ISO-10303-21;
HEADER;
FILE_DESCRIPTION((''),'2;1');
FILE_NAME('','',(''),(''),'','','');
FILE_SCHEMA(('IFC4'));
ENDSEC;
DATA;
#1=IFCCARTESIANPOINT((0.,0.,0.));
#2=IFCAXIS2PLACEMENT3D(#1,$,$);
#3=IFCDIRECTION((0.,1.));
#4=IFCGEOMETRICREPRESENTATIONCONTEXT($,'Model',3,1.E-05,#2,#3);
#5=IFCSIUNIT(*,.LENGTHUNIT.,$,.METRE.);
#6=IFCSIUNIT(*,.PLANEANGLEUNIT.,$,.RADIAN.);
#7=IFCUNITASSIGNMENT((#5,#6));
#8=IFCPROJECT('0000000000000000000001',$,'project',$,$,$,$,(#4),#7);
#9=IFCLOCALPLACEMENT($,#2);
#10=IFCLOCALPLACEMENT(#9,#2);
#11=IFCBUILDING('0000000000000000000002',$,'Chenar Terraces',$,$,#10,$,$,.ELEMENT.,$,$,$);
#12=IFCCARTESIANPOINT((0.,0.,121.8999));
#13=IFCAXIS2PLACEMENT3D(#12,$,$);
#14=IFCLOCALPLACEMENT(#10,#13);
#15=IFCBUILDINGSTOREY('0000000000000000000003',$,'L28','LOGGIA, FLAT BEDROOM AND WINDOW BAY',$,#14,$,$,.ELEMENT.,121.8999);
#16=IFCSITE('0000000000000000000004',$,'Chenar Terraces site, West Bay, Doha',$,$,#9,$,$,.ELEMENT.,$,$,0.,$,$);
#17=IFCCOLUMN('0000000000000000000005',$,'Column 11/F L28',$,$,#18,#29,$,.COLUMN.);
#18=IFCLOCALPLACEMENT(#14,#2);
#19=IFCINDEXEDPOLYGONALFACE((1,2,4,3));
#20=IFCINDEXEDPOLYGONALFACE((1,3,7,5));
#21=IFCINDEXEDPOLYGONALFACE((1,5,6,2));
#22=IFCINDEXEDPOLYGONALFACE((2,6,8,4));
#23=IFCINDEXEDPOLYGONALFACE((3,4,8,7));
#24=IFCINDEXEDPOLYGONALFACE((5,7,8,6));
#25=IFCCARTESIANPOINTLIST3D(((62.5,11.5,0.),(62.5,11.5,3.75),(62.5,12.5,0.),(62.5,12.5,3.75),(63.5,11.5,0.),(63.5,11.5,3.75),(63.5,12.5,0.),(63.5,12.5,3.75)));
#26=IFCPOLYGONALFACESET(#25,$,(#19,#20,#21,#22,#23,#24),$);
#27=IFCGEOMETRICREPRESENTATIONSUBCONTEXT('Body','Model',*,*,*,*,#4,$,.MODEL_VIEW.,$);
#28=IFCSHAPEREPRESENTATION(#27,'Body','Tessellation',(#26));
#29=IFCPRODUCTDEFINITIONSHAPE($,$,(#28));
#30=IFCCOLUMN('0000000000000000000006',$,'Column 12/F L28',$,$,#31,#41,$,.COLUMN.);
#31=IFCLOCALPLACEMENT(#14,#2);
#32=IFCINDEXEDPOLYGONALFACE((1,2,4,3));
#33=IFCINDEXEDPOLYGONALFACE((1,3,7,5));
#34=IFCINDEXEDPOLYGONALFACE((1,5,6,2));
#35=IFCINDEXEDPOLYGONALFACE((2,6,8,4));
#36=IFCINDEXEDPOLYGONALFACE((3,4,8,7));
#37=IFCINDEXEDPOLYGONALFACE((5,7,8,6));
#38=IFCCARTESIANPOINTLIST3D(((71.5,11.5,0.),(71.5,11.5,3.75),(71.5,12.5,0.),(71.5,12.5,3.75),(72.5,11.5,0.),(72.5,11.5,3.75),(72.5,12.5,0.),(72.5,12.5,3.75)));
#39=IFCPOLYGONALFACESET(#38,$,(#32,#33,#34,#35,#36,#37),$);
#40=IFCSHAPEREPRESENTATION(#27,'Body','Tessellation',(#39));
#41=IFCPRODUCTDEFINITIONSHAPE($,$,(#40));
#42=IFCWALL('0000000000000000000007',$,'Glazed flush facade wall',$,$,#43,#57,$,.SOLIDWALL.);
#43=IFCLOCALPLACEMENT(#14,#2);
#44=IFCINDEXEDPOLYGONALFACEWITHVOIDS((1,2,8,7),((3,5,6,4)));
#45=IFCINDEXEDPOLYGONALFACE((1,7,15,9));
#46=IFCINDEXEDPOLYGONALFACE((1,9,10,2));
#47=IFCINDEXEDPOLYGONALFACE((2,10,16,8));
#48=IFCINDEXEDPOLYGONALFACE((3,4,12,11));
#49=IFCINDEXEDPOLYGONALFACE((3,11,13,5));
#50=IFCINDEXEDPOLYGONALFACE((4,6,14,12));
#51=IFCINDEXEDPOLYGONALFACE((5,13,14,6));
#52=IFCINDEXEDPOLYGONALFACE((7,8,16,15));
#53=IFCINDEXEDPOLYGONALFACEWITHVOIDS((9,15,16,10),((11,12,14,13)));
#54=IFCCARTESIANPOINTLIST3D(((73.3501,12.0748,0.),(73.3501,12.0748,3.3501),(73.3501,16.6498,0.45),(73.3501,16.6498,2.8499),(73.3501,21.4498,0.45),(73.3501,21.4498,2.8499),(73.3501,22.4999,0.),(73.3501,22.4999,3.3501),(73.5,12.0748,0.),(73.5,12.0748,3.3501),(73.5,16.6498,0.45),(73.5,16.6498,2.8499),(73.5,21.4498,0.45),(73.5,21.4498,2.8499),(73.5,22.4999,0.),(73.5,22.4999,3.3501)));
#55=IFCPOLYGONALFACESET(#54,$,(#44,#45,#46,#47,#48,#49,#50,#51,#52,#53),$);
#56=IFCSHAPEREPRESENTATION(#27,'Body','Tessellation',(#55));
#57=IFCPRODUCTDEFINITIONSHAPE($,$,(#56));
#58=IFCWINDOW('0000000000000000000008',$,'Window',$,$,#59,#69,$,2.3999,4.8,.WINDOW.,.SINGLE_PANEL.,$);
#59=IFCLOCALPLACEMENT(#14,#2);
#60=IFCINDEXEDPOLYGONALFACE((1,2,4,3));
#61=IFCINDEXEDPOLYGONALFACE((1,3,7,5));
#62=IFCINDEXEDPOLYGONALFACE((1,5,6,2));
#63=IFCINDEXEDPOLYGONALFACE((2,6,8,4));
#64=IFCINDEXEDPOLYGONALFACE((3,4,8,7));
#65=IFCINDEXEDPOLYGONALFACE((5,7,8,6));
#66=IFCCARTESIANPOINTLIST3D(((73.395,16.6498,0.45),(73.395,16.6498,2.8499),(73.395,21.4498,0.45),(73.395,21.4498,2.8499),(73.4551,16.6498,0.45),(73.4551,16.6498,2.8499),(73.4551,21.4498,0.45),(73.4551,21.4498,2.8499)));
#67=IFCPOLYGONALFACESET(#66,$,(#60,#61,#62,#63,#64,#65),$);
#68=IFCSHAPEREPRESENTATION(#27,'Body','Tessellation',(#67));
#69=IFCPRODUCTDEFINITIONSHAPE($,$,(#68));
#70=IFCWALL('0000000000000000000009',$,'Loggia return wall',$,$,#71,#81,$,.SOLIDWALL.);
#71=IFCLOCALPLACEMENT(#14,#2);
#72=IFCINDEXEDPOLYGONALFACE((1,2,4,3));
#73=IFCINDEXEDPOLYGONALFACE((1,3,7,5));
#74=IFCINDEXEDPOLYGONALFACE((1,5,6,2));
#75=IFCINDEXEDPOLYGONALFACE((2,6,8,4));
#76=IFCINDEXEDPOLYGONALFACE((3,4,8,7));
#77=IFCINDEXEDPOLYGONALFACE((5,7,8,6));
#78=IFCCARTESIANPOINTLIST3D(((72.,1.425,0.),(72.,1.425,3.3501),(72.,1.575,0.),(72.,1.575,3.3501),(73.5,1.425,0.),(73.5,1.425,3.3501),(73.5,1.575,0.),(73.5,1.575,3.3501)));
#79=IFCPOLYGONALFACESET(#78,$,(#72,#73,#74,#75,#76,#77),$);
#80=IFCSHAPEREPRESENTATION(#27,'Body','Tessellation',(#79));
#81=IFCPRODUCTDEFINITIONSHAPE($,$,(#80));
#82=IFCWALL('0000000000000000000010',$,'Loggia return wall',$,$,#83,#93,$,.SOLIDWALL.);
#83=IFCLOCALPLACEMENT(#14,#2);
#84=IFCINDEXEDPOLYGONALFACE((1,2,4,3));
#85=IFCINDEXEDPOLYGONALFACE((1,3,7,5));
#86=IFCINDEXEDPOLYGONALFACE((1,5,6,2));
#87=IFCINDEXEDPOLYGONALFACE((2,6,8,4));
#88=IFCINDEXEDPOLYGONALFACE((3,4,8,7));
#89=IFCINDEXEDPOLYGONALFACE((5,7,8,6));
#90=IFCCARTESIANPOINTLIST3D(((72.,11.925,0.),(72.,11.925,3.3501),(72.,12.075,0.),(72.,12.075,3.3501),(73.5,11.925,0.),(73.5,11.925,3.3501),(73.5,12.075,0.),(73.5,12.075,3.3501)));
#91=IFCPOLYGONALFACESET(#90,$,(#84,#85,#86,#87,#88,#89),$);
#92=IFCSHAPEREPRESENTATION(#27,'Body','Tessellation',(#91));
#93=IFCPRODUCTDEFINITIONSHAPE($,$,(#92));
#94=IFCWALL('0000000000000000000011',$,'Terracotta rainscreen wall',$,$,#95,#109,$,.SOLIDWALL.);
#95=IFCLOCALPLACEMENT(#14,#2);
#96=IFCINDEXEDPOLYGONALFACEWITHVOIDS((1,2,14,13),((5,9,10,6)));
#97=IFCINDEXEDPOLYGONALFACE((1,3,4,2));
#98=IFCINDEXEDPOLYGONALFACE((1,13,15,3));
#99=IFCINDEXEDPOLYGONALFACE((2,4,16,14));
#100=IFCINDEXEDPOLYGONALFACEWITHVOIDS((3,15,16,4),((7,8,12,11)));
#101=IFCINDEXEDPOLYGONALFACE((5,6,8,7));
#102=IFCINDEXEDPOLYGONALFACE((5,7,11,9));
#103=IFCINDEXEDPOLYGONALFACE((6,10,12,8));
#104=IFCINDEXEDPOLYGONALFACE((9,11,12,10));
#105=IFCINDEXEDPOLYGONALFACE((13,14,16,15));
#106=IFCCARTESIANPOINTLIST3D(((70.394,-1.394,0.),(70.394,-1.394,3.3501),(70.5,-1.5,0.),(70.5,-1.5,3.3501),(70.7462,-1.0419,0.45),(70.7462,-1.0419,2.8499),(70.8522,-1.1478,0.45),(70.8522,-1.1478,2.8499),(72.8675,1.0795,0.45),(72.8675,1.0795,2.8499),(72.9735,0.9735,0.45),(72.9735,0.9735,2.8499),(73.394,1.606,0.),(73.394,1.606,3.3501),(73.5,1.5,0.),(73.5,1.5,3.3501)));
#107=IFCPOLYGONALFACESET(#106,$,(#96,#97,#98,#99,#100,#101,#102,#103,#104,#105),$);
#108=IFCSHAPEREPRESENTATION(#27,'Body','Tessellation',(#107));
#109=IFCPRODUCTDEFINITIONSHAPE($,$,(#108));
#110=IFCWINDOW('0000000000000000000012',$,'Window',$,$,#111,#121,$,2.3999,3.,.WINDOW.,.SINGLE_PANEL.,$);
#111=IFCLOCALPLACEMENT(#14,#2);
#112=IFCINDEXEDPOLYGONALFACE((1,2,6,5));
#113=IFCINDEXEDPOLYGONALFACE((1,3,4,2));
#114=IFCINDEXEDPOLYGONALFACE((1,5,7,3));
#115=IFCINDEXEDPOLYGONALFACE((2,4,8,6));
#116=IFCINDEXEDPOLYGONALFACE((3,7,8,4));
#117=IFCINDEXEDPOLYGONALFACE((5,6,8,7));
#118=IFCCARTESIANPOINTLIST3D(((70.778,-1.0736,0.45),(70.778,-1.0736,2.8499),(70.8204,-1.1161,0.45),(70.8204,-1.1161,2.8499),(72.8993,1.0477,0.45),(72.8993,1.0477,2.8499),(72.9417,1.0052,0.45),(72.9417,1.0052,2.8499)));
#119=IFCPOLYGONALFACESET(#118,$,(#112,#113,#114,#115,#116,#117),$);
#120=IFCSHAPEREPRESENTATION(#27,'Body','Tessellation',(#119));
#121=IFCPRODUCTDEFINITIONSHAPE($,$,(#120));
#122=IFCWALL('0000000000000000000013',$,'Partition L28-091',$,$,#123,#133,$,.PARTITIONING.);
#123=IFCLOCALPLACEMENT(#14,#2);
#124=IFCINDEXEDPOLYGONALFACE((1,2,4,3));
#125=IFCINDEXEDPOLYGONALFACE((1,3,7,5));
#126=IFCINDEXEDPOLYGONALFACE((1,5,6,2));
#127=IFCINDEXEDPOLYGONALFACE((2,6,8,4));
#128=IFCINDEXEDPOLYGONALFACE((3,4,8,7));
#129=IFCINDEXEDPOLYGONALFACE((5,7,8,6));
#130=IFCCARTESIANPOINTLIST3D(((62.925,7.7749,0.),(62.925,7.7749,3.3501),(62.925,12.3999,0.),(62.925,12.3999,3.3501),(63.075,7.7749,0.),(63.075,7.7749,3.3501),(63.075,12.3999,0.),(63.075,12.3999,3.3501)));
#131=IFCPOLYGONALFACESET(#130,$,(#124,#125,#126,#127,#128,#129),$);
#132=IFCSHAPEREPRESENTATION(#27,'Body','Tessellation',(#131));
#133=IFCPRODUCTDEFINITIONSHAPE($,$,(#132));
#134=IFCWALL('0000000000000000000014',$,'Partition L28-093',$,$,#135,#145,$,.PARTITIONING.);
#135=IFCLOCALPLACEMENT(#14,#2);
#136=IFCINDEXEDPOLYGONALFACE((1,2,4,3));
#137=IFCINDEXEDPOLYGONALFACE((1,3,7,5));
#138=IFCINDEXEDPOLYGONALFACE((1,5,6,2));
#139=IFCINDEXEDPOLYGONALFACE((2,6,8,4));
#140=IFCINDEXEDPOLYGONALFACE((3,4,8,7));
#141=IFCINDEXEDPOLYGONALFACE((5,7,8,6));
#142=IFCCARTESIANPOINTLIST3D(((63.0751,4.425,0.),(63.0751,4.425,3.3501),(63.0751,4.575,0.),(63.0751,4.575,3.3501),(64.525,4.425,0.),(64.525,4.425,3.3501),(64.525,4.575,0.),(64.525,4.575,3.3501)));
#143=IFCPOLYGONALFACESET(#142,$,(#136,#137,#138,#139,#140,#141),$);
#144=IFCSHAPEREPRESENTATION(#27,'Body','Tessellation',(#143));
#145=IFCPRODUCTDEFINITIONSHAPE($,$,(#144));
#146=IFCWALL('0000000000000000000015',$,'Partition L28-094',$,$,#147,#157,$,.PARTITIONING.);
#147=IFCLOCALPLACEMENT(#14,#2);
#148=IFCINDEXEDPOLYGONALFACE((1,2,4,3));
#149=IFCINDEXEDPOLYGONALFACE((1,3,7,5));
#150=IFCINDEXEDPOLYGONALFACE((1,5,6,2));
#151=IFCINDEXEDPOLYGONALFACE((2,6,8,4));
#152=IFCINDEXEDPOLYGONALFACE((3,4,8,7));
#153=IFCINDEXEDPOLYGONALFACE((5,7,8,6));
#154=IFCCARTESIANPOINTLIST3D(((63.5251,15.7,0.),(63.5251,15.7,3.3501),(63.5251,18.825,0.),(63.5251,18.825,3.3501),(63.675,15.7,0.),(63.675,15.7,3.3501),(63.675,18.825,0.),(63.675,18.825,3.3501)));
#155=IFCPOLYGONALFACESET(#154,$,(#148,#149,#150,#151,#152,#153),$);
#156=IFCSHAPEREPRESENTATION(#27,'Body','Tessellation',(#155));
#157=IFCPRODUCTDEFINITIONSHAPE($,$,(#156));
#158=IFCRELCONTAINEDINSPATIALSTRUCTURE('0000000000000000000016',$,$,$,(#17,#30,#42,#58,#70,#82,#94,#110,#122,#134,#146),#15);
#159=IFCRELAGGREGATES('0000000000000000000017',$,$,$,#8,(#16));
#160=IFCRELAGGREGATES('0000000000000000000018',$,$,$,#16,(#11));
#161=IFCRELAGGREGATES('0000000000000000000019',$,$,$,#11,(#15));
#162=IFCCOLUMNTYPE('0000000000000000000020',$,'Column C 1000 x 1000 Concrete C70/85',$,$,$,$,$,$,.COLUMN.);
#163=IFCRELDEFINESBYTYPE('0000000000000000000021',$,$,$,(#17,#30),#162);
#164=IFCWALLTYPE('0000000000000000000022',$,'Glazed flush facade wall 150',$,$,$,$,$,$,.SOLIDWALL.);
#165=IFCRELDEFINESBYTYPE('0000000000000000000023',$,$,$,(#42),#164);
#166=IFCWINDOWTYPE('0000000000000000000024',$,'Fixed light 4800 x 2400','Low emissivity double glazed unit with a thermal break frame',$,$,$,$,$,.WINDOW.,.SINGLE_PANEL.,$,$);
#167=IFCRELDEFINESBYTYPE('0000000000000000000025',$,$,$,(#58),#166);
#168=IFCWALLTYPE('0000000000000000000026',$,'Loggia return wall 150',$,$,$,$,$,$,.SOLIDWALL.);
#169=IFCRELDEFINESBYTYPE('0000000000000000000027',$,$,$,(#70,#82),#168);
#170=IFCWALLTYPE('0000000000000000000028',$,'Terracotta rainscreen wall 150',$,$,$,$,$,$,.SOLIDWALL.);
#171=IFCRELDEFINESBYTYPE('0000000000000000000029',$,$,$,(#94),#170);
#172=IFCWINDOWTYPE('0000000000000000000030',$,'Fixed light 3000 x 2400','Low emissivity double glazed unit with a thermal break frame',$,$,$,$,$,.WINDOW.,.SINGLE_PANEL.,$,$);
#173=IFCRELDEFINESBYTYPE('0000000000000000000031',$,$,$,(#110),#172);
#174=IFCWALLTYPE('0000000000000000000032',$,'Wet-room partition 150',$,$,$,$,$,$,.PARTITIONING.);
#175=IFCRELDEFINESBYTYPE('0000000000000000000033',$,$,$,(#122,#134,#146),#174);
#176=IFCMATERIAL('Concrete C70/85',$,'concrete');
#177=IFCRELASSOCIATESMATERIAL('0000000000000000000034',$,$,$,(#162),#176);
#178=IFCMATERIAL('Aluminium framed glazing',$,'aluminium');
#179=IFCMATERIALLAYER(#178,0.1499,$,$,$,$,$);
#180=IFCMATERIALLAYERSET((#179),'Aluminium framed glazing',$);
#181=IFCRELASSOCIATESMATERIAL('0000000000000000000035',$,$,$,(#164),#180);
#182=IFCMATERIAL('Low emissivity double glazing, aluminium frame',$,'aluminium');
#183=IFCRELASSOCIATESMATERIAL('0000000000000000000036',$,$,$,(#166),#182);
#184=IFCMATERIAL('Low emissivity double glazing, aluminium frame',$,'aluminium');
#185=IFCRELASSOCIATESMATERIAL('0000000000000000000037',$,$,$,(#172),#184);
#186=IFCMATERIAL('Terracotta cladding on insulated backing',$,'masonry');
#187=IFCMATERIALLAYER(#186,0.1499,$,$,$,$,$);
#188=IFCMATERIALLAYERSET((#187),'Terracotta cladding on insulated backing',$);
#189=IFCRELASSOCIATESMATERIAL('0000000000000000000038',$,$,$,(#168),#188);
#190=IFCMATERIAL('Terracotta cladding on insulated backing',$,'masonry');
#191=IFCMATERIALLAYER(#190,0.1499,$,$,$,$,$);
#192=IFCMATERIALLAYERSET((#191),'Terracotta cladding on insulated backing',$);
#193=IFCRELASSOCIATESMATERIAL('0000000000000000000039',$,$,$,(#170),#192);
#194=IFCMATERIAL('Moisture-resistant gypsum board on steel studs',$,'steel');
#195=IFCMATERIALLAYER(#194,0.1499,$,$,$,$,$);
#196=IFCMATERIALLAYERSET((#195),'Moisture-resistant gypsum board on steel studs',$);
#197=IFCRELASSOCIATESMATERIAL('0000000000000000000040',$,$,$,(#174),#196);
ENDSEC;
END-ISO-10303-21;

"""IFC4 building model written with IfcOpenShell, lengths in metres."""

from ifc_helpers import new_model, si_unit, direction, frame, frame_2d, origin, origin_2d, place, context, subcontext, project, spatial, rectangle, extrude, material, layer, layer_set, material_profile, profile_set, type_object, element, fill, save


model = new_model("IFC4")

# Units and contexts
model_context = context("Model", 3, precision=1e-05, world=origin(), true_north=direction((0.0, 1.0)))
body_context = subcontext(model_context, "Body", "Model", "MODEL_VIEW")
ifc_project = project(units=[si_unit("LENGTHUNIT", "METRE"), si_unit("PLANEANGLEUNIT", "RADIAN")], contexts=[model_context])

# Site, building, storey
site_placement = place(None, origin())
site = spatial("IfcSite", under=ifc_project, at=site_placement, Name="Chenar Terraces site, West Bay, Doha", CompositionType="ELEMENT", RefElevation=0.0)
building_placement = place(site_placement, origin())
building = spatial("IfcBuilding", under=site, at=building_placement, Name="Chenar Terraces", CompositionType="ELEMENT")
storey_placement = place(building_placement, frame((0.0, 0.0, 121.8999)))
storey = spatial("IfcBuildingStorey", under=building, at=storey_placement, Name="L28", Description="LOGGIA, FLAT BEDROOM AND WINDOW BAY", CompositionType="ELEMENT", Elevation=121.8999)

# Columns
ifc_material_1 = material(Name="Concrete C70/85", Category="concrete")
ifc_material_profile_1 = material_profile(ifc_material_1, rectangle(XDim=1.0, YDim=1.0, at=origin_2d()), Name="C 1000 x 1000")
ifc_profile_set_1 = profile_set([ifc_material_profile_1], Name="Concrete C70/85")
column_type = type_object("IfcColumnType", Name="Column C 1000 x 1000 Concrete C70/85", PredefinedType="COLUMN", material=ifc_profile_set_1)
for number, where, z_axis, x_axis, name in (
    (1, (63.0, 12.0, 0.0), (0.0, 0.0, 1.0), (1.0, 0.0, 0.0), "Column 11/F L28"),
    (2, (72.0, 12.0, 0.0), (0.0, 0.0, 1.0), (1.0, 0.0, 0.0), "Column 12/F L28"),
):
    element("IfcColumn", number, at=place(storey_placement, frame(where, z_axis=z_axis, x_axis=x_axis)), inside=storey, type_object=column_type, Name=name, PredefinedType="COLUMN", context=body_context, shape_type="SweptSolid", body=[
        extrude(rectangle(XDim=1.0, YDim=1.0, at=origin_2d()), origin(), (0.0, 0.0, 1.0), 3.75),
    ])

# Wall, opening, window
ifc_material_2 = material(Name="Aluminium framed glazing", Category="aluminium")
ifc_layer_1 = layer(ifc_material_2, 0.1499)
ifc_layer_set_1 = layer_set([ifc_layer_1], Name="Aluminium framed glazing")
wall_type_1 = type_object("IfcWallType", Name="Glazed flush facade wall 150", PredefinedType="SOLIDWALL", material=ifc_layer_set_1)
wall_1_placement = place(storey_placement, frame((73.425, 12.075, 0.0), z_axis=(0.0, 0.0, 1.0), x_axis=(0.0, 1.0, 0.0)))
wall_1 = element("IfcWall", 3, at=wall_1_placement, inside=storey, type_object=wall_type_1, Name="Glazed flush facade wall", PredefinedType="SOLIDWALL", context=body_context, shape_type="SweptSolid", body=[
    extrude(rectangle(XDim=10.425, YDim=0.1499, at=frame_2d((5.2124, 0.0))), origin(), (0.0, 0.0, 1.0), 3.3501),
])
opening_1_placement = place(wall_1_placement, frame((4.575, 0.0, 0.45)))
opening_1 = element("IfcOpeningElement", 4, at=opening_1_placement, cuts=wall_1, PredefinedType="OPENING", context=body_context, shape_type="SweptSolid", body=[
    extrude(rectangle(XDim=4.8, YDim=2.3999, at=frame_2d((2.3999, 1.2))), frame((0.0, 0.085, 0.0), z_axis=(0.0, -1.0, 0.0), x_axis=(1.0, 0.0, 0.0)), (0.0, 0.0, 1.0), 0.1699),
])
ifc_material_3 = material(Name="Low emissivity double glazing, aluminium frame", Category="aluminium")
window_type_1 = type_object("IfcWindowType", Name="Fixed light 4800 x 2400", Description="Low emissivity double glazed unit with a thermal break frame", PartitioningType="SINGLE_PANEL", PredefinedType="WINDOW", material=ifc_material_3)
window_1_placement = place(opening_1_placement, origin())
window_1 = element("IfcWindow", 5, at=window_1_placement, inside=storey, type_object=window_type_1, Name="Window", OverallHeight=2.3999, OverallWidth=4.8, PartitioningType="SINGLE_PANEL", PredefinedType="WINDOW", context=body_context, shape_type="SweptSolid", body=[
    extrude(rectangle(XDim=4.8, YDim=2.3999, at=frame_2d((2.3999, 1.2))), frame((0.0, 0.03, 0.0), z_axis=(0.0, -1.0, 0.0), x_axis=(1.0, 0.0, 0.0)), (0.0, 0.0, 1.0), 0.0601),
])
fill(opening_1, window_1)

# Shared definitions
ifc_material_4 = material(Name="Low emissivity double glazing, aluminium frame", Category="aluminium")
window_type_2 = type_object("IfcWindowType", Name="Fixed light 3000 x 2400", Description="Low emissivity double glazed unit with a thermal break frame", PartitioningType="SINGLE_PANEL", PredefinedType="WINDOW", material=ifc_material_4)

# Walls
ifc_material_5 = material(Name="Terracotta cladding on insulated backing", Category="masonry")
ifc_layer_2 = layer(ifc_material_5, 0.1499)
ifc_layer_set_2 = layer_set([ifc_layer_2], Name="Terracotta cladding on insulated backing")
wall_type_2 = type_object("IfcWallType", Name="Loggia return wall 150", PredefinedType="SOLIDWALL", material=ifc_layer_set_2)
for number, where, z_axis, x_axis, name in (
    (6, (73.5, 1.5, 0.0), (0.0, 0.0, 1.0), (-1.0, 0.0, 0.0), "Loggia return wall"),
    (7, (73.5, 12.0, 0.0), (0.0, 0.0, 1.0), (-1.0, 0.0, 0.0), "Loggia return wall"),
):
    element("IfcWall", number, at=place(storey_placement, frame(where, z_axis=z_axis, x_axis=x_axis)), inside=storey, type_object=wall_type_2, Name=name, PredefinedType="SOLIDWALL", context=body_context, shape_type="SweptSolid", body=[
        extrude(rectangle(XDim=1.5, YDim=0.1499, at=frame_2d((0.75, 0.0))), origin(), (0.0, 0.0, 1.0), 3.3501),
    ])

# Wall, opening, window
ifc_material_6 = material(Name="Terracotta cladding on insulated backing", Category="masonry")
ifc_layer_3 = layer(ifc_material_6, 0.1499)
ifc_layer_set_3 = layer_set([ifc_layer_3], Name="Terracotta cladding on insulated backing")
wall_type_3 = type_object("IfcWallType", Name="Terracotta rainscreen wall 150", PredefinedType="SOLIDWALL", material=ifc_layer_set_3)
wall_2_placement = place(storey_placement, frame((70.447, -1.447, 0.0), z_axis=(0.0, 0.0, 1.0), x_axis=(0.707107, 0.707107, 0.0)))
wall_2 = element("IfcWall", 8, at=wall_2_placement, inside=storey, type_object=wall_type_3, Name="Terracotta rainscreen wall", PredefinedType="SOLIDWALL", context=body_context, shape_type="SweptSolid", body=[
    extrude(rectangle(XDim=4.2427, YDim=0.1499, at=frame_2d((2.1213, 0.0))), origin(), (0.0, 0.0, 1.0), 3.3501),
])
opening_2_placement = place(wall_2_placement, frame((0.498, 0.0, 0.45)))
opening_2 = element("IfcOpeningElement", 9, at=opening_2_placement, cuts=wall_2, PredefinedType="OPENING", context=body_context, shape_type="SweptSolid", body=[
    extrude(rectangle(XDim=3.0, YDim=2.3999, at=frame_2d((1.5, 1.2))), frame((0.0, 0.085, 0.0), z_axis=(0.0, -1.0, 0.0), x_axis=(1.0, 0.0, 0.0)), (0.0, 0.0, 1.0), 0.1699),
])
window_2_placement = place(opening_2_placement, origin())
window_2 = element("IfcWindow", 10, at=window_2_placement, inside=storey, type_object=window_type_2, Name="Window", OverallHeight=2.3999, OverallWidth=3.0, PartitioningType="SINGLE_PANEL", PredefinedType="WINDOW", context=body_context, shape_type="SweptSolid", body=[
    extrude(rectangle(XDim=3.0, YDim=2.3999, at=frame_2d((1.5, 1.2))), frame((0.0, 0.03, 0.0), z_axis=(0.0, -1.0, 0.0), x_axis=(1.0, 0.0, 0.0)), (0.0, 0.0, 1.0), 0.0601),
])
fill(opening_2, window_2)

# Walls
ifc_material_7 = material(Name="Moisture-resistant gypsum board on steel studs", Category="steel")
ifc_layer_4 = layer(ifc_material_7, 0.1499)
ifc_layer_set_4 = layer_set([ifc_layer_4], Name="Moisture-resistant gypsum board on steel studs")
wall_type_4 = type_object("IfcWallType", Name="Wet-room partition 150", PredefinedType="PARTITIONING", material=ifc_layer_set_4)
wall_3_placement = place(storey_placement, frame((63.0, 7.7749, 0.0), z_axis=(0.0, 0.0, 1.0), x_axis=(0.0, 1.0, 0.0)))
element("IfcWall", 11, at=wall_3_placement, inside=storey, type_object=wall_type_4, Name="Partition L28-091", PredefinedType="PARTITIONING", context=body_context, shape_type="SweptSolid", body=[
    extrude(rectangle(XDim=4.625, YDim=0.1499, at=frame_2d((2.3125, 0.0))), origin(), (0.0, 0.0, 1.0), 3.3501),
])
wall_4_placement = place(storey_placement, frame((63.075, 4.5, 0.0), z_axis=(0.0, 0.0, 1.0), x_axis=(1.0, 0.0, 0.0)))
element("IfcWall", 12, at=wall_4_placement, inside=storey, type_object=wall_type_4, Name="Partition L28-093", PredefinedType="PARTITIONING", context=body_context, shape_type="SweptSolid", body=[
    extrude(rectangle(XDim=1.45, YDim=0.1499, at=frame_2d((0.7251, 0.0))), origin(), (0.0, 0.0, 1.0), 3.3501),
])
wall_5_placement = place(storey_placement, frame((63.6001, 15.7, 0.0), z_axis=(0.0, 0.0, 1.0), x_axis=(0.0, 1.0, 0.0)))
element("IfcWall", 13, at=wall_5_placement, inside=storey, type_object=wall_type_4, Name="Partition L28-094", PredefinedType="PARTITIONING", context=body_context, shape_type="SweptSolid", body=[
    extrude(rectangle(XDim=3.125, YDim=0.1499, at=frame_2d((1.5625, 0.0))), origin(), (0.0, 0.0, 1.0), 3.3501),
])

save(model, "model.ifc")
